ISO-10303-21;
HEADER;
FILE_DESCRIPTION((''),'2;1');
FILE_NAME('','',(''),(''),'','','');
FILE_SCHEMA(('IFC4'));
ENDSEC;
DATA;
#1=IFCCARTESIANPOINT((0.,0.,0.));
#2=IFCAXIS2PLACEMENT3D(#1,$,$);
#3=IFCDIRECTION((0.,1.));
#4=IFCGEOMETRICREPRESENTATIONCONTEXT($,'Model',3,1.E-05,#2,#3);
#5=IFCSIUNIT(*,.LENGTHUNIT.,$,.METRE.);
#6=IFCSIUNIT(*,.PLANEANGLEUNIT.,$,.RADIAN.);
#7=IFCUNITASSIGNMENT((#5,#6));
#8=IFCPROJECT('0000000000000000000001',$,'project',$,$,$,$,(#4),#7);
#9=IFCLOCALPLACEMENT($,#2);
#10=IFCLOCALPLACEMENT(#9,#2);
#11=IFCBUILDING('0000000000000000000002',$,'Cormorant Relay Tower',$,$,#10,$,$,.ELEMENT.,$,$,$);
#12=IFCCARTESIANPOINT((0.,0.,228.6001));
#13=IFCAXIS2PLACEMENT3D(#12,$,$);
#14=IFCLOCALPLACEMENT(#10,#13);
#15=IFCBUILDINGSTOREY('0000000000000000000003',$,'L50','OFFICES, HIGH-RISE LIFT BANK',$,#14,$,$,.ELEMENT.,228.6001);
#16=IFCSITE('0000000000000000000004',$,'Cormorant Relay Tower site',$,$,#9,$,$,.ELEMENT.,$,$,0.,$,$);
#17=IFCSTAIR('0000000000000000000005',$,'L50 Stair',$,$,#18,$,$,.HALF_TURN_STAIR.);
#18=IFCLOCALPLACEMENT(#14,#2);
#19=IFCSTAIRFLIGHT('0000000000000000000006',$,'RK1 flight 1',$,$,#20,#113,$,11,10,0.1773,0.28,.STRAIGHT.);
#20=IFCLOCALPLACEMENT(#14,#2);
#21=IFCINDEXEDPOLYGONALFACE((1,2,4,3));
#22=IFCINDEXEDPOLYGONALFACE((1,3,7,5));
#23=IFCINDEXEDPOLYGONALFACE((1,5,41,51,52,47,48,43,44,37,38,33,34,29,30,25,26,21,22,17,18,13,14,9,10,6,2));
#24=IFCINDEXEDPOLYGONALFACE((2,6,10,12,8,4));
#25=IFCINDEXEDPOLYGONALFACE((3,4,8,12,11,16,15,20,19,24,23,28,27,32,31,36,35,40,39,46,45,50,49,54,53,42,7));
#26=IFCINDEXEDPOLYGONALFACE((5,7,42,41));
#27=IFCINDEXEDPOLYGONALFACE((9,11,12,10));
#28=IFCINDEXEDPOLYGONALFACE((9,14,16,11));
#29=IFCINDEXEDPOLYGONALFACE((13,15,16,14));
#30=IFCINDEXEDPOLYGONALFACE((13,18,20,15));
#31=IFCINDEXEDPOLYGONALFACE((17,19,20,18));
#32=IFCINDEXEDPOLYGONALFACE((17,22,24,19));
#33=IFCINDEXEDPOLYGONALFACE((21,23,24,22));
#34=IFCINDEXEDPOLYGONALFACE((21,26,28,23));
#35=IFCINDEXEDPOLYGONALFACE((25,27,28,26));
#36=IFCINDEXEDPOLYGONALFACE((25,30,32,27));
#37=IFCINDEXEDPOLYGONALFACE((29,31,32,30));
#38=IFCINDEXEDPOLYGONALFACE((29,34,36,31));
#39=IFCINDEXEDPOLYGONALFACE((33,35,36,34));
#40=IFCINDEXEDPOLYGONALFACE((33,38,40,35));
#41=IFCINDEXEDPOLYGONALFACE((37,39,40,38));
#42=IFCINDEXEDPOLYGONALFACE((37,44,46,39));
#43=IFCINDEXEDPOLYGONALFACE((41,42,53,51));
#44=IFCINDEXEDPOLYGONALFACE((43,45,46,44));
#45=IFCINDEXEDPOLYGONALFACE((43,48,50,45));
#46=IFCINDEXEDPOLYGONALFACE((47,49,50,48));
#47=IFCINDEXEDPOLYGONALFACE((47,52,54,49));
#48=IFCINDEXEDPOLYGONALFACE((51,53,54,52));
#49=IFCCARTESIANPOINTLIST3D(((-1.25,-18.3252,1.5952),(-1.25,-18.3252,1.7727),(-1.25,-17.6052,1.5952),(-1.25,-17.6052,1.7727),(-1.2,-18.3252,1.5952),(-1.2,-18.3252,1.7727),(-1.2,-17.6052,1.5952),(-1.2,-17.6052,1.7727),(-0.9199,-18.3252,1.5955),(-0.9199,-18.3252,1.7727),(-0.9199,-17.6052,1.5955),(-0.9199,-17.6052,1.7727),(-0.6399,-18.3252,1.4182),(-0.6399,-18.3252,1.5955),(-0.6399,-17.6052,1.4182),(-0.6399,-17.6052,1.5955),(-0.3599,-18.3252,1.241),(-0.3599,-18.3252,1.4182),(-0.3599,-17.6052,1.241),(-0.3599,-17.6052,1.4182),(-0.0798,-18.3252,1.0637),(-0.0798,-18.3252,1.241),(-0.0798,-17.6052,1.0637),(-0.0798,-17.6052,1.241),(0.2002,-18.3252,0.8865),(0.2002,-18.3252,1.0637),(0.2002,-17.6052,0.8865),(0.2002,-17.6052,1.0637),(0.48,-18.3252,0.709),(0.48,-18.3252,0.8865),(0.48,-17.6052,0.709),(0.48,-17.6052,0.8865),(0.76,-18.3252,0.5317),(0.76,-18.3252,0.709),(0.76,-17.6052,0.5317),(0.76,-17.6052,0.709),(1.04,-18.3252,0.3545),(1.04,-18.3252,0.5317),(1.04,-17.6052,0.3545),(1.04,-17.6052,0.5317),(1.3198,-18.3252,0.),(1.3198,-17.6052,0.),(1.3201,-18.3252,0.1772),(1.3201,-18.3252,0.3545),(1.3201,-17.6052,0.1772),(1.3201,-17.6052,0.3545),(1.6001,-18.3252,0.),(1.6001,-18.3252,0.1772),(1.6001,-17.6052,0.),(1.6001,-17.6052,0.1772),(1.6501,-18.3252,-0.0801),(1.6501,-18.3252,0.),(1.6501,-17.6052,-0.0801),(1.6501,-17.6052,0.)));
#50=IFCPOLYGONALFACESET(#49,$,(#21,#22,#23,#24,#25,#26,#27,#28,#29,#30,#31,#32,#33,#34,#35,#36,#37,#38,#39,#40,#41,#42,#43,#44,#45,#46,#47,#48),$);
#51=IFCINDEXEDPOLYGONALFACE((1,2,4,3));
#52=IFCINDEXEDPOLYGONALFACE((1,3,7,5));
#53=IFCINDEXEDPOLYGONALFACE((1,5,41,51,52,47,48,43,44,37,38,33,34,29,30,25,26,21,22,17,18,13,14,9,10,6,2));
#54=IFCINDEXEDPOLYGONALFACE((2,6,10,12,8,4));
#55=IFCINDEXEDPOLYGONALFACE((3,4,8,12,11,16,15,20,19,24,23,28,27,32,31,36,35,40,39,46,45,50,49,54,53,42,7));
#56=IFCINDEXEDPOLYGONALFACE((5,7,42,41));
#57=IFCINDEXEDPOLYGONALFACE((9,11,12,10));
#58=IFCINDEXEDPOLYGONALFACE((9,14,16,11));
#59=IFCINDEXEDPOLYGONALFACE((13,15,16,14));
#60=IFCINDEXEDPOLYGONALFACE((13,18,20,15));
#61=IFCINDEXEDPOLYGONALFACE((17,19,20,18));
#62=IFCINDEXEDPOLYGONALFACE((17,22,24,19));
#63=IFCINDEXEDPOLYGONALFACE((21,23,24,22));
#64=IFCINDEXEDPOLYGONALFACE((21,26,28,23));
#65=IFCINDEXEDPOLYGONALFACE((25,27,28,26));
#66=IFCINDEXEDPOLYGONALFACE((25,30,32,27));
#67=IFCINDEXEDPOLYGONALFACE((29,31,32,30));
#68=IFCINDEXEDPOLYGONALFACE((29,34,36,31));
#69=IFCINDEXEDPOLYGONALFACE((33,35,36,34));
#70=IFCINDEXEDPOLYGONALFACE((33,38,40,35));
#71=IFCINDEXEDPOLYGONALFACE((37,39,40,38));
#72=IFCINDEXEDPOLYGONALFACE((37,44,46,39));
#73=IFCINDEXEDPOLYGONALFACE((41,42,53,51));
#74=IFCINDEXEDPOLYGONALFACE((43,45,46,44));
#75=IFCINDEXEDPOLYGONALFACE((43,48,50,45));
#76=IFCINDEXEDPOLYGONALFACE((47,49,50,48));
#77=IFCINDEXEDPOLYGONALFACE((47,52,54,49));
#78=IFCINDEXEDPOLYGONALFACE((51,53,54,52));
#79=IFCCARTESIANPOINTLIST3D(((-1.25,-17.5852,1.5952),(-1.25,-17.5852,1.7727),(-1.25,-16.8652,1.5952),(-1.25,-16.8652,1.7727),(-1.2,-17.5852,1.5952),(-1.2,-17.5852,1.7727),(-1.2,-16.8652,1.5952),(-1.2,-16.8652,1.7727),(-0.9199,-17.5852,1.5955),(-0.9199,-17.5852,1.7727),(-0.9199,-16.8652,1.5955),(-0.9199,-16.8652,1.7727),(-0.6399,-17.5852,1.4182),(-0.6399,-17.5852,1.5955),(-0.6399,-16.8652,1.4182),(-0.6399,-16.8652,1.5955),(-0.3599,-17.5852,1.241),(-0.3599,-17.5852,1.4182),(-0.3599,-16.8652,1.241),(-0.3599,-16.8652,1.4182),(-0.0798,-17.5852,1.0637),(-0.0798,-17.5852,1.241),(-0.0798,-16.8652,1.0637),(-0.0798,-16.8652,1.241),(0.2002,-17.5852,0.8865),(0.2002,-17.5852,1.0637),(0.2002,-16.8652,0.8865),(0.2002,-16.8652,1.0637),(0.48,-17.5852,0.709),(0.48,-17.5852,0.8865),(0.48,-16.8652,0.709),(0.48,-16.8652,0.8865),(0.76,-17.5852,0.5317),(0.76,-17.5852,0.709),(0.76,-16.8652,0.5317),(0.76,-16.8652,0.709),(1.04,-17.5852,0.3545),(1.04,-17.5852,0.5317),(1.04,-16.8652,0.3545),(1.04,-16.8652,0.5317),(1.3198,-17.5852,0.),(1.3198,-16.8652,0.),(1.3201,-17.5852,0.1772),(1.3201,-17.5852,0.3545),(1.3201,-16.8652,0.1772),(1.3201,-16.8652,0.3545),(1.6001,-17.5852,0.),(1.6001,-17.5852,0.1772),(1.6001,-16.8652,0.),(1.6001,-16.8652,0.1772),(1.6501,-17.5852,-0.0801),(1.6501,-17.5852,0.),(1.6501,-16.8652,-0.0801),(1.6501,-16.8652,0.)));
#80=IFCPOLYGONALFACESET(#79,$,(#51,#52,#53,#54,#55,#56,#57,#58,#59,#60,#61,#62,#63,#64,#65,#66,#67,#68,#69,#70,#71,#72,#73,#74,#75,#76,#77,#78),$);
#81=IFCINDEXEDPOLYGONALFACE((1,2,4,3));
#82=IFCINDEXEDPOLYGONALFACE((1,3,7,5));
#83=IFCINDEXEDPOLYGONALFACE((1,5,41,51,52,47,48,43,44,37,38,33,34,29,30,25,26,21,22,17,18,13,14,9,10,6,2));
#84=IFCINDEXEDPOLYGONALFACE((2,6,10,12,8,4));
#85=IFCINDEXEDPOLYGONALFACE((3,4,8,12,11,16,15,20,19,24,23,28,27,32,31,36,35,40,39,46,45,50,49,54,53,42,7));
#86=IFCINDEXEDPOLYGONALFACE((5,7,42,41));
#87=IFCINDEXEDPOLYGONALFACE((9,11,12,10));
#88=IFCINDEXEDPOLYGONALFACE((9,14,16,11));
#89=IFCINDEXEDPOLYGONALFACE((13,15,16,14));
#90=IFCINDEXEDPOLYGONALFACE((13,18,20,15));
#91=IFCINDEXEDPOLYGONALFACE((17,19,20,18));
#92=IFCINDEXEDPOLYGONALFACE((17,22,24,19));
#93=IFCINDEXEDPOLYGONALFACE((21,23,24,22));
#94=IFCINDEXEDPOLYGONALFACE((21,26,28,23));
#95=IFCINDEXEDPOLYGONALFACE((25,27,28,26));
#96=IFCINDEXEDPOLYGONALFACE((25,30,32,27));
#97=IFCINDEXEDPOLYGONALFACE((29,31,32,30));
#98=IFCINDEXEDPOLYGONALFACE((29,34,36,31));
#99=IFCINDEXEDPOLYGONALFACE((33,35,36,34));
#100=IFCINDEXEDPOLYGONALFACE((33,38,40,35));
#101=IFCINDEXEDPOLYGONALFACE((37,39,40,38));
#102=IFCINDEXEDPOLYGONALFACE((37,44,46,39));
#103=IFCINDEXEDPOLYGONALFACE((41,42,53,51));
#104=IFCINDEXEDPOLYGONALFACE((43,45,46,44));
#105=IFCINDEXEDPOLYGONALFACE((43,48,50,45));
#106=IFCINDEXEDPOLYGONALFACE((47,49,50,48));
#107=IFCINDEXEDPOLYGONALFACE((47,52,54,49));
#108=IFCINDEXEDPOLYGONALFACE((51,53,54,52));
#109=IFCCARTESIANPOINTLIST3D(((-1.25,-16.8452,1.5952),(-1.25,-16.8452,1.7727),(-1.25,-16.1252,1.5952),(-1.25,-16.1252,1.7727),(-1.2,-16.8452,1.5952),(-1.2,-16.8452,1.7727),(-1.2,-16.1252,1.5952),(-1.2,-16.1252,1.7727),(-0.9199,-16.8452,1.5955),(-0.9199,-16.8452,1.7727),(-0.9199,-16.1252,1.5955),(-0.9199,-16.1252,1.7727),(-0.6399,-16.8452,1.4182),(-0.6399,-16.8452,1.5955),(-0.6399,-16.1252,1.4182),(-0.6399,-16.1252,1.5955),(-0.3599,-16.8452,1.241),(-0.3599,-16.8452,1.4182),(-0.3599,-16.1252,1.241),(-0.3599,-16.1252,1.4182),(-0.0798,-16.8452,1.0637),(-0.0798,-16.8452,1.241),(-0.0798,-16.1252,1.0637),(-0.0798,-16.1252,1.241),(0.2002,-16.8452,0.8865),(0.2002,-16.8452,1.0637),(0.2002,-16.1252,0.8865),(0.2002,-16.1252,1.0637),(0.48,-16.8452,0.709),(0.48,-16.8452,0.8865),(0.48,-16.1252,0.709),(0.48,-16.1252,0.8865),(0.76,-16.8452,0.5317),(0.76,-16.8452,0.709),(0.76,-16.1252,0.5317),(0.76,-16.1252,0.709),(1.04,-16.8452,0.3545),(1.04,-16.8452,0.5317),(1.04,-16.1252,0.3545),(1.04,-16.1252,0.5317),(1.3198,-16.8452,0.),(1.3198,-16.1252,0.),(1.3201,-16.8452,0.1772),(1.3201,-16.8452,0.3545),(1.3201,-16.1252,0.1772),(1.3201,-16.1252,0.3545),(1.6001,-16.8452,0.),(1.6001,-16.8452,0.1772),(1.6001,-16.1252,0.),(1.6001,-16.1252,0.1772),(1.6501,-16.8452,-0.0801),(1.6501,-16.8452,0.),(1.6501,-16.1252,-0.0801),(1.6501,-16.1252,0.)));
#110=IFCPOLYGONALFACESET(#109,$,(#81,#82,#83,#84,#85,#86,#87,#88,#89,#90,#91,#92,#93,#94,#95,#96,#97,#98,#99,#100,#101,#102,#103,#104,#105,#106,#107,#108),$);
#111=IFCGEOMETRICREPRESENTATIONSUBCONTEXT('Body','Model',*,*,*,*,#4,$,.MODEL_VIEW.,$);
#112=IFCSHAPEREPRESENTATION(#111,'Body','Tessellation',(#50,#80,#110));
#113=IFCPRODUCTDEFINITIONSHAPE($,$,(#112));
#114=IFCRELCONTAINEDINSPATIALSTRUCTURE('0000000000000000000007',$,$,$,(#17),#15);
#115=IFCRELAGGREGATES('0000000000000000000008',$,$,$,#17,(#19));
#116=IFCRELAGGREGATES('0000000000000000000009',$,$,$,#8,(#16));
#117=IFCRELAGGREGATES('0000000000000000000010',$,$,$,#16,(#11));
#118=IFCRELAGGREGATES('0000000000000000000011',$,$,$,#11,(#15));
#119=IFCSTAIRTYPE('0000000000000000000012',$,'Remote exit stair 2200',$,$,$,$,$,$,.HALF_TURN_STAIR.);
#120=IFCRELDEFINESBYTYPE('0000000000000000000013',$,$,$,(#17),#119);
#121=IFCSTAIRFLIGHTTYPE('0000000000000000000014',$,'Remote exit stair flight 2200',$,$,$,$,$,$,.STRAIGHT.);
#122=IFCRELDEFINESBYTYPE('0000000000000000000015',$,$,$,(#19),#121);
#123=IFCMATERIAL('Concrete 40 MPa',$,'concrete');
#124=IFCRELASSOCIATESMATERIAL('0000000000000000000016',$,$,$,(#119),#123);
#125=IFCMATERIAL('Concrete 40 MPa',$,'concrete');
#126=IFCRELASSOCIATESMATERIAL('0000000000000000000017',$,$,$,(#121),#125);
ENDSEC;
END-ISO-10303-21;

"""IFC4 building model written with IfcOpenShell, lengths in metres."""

from ifc_helpers import new_model, si_unit, direction, frame, origin, place, context, subcontext, project, spatial, polyline, outline, extrude, material, type_object, element, aggregate, save


model = new_model("IFC4")

# Units and contexts
model_context = context("Model", 3, precision=1e-05, world=origin(), true_north=direction((0.0, 1.0)))
body_context = subcontext(model_context, "Body", "Model", "MODEL_VIEW")
ifc_project = project(units=[si_unit("LENGTHUNIT", "METRE"), si_unit("PLANEANGLEUNIT", "RADIAN")], contexts=[model_context])

# Site, building, storey
site_placement = place(None, origin())
site = spatial("IfcSite", under=ifc_project, at=site_placement, Name="Cormorant Relay Tower site", CompositionType="ELEMENT", RefElevation=0.0)
building_placement = place(site_placement, origin())
building = spatial("IfcBuilding", under=site, at=building_placement, Name="Cormorant Relay Tower", CompositionType="ELEMENT")
storey_placement = place(building_placement, frame((0.0, 0.0, 228.6001)))
storey = spatial("IfcBuildingStorey", under=building, at=storey_placement, Name="L50", Description="OFFICES, HIGH-RISE LIFT BANK", CompositionType="ELEMENT", Elevation=228.6001)

# Stair, stair flight
ifc_material_1 = material(Name="Concrete 40 MPa", Category="concrete")
stair_type = type_object("IfcStairType", Name="Remote exit stair 2200", PredefinedType="HALF_TURN_STAIR", material=ifc_material_1)
stair_placement = place(storey_placement, origin())
stair = element("IfcStair", 1, at=stair_placement, inside=storey, type_object=stair_type, Name="L50 Stair", PredefinedType="HALF_TURN_STAIR")
ifc_material_2 = material(Name="Concrete 40 MPa", Category="concrete")
stair_flight_type = type_object("IfcStairFlightType", Name="Remote exit stair flight 2200", PredefinedType="STRAIGHT", material=ifc_material_2)
stair_flight_1_placement = place(storey_placement, frame((1.6001, -17.2251, 0.0), z_axis=(0.0, 0.0, 1.0), x_axis=(-1.0, 0.0, 0.0)))
stair_flight_1 = element("IfcStairFlight", 2, at=stair_flight_1_placement, type_object=stair_flight_type, Name="RK1 flight 1", NumberOfRisers=11, NumberOfTreads=10, PredefinedType="STRAIGHT", RiserHeight=0.1773, TreadLength=0.28, context=body_context, shape_type="SweptSolid", body=[
    extrude(outline(polyline([(-0.05, -0.0801), (-0.05, 0.0), (0.0, 0.0), (0.0, 0.1772), (0.28, 0.1772), (0.28, 0.3545), (0.5601, 0.3545), (0.5601, 0.5317), (0.8401, 0.5317), (0.8401, 0.709), (1.1201, 0.709), (1.1201, 0.8865), (1.3999, 0.8865), (1.3999, 1.0637), (1.6799, 1.0637), (1.6799, 1.241), (1.96, 1.241), (1.96, 1.4182), (2.24, 1.4182), (2.24, 1.5955), (2.52, 1.5955), (2.52, 1.7727), (2.8, 1.7727), (2.8501, 1.7727), (2.8501, 1.5952), (2.8, 1.5952), (0.2803, 0.0), (-0.05, -0.0801)])), frame((0.0, 1.1001, 0.0), z_axis=(0.0, -1.0, 0.0), x_axis=(1.0, 0.0, 0.0)), (0.0, 0.0, 1.0), 0.72),
    extrude(outline(polyline([(-0.05, -0.0801), (-0.05, 0.0), (0.0, 0.0), (0.0, 0.1772), (0.28, 0.1772), (0.28, 0.3545), (0.5601, 0.3545), (0.5601, 0.5317), (0.8401, 0.5317), (0.8401, 0.709), (1.1201, 0.709), (1.1201, 0.8865), (1.3999, 0.8865), (1.3999, 1.0637), (1.6799, 1.0637), (1.6799, 1.241), (1.96, 1.241), (1.96, 1.4182), (2.24, 1.4182), (2.24, 1.5955), (2.52, 1.5955), (2.52, 1.7727), (2.8, 1.7727), (2.8501, 1.7727), (2.8501, 1.5952), (2.8, 1.5952), (0.2803, 0.0), (-0.05, -0.0801)])), frame((0.0, 0.3601, 0.0), z_axis=(0.0, -1.0, 0.0), x_axis=(1.0, 0.0, 0.0)), (0.0, 0.0, 1.0), 0.72),
    extrude(outline(polyline([(-0.05, -0.0801), (-0.05, 0.0), (0.0, 0.0), (0.0, 0.1772), (0.28, 0.1772), (0.28, 0.3545), (0.5601, 0.3545), (0.5601, 0.5317), (0.8401, 0.5317), (0.8401, 0.709), (1.1201, 0.709), (1.1201, 0.8865), (1.3999, 0.8865), (1.3999, 1.0637), (1.6799, 1.0637), (1.6799, 1.241), (1.96, 1.241), (1.96, 1.4182), (2.24, 1.4182), (2.24, 1.5955), (2.52, 1.5955), (2.52, 1.7727), (2.8, 1.7727), (2.8501, 1.7727), (2.8501, 1.5952), (2.8, 1.5952), (0.2803, 0.0), (-0.05, -0.0801)])), frame((0.0, -0.3799, 0.0), z_axis=(0.0, -1.0, 0.0), x_axis=(1.0, 0.0, 0.0)), (0.0, 0.0, 1.0), 0.72),
])
aggregate(stair, [stair_flight_1])

save(model, "model.ifc")
